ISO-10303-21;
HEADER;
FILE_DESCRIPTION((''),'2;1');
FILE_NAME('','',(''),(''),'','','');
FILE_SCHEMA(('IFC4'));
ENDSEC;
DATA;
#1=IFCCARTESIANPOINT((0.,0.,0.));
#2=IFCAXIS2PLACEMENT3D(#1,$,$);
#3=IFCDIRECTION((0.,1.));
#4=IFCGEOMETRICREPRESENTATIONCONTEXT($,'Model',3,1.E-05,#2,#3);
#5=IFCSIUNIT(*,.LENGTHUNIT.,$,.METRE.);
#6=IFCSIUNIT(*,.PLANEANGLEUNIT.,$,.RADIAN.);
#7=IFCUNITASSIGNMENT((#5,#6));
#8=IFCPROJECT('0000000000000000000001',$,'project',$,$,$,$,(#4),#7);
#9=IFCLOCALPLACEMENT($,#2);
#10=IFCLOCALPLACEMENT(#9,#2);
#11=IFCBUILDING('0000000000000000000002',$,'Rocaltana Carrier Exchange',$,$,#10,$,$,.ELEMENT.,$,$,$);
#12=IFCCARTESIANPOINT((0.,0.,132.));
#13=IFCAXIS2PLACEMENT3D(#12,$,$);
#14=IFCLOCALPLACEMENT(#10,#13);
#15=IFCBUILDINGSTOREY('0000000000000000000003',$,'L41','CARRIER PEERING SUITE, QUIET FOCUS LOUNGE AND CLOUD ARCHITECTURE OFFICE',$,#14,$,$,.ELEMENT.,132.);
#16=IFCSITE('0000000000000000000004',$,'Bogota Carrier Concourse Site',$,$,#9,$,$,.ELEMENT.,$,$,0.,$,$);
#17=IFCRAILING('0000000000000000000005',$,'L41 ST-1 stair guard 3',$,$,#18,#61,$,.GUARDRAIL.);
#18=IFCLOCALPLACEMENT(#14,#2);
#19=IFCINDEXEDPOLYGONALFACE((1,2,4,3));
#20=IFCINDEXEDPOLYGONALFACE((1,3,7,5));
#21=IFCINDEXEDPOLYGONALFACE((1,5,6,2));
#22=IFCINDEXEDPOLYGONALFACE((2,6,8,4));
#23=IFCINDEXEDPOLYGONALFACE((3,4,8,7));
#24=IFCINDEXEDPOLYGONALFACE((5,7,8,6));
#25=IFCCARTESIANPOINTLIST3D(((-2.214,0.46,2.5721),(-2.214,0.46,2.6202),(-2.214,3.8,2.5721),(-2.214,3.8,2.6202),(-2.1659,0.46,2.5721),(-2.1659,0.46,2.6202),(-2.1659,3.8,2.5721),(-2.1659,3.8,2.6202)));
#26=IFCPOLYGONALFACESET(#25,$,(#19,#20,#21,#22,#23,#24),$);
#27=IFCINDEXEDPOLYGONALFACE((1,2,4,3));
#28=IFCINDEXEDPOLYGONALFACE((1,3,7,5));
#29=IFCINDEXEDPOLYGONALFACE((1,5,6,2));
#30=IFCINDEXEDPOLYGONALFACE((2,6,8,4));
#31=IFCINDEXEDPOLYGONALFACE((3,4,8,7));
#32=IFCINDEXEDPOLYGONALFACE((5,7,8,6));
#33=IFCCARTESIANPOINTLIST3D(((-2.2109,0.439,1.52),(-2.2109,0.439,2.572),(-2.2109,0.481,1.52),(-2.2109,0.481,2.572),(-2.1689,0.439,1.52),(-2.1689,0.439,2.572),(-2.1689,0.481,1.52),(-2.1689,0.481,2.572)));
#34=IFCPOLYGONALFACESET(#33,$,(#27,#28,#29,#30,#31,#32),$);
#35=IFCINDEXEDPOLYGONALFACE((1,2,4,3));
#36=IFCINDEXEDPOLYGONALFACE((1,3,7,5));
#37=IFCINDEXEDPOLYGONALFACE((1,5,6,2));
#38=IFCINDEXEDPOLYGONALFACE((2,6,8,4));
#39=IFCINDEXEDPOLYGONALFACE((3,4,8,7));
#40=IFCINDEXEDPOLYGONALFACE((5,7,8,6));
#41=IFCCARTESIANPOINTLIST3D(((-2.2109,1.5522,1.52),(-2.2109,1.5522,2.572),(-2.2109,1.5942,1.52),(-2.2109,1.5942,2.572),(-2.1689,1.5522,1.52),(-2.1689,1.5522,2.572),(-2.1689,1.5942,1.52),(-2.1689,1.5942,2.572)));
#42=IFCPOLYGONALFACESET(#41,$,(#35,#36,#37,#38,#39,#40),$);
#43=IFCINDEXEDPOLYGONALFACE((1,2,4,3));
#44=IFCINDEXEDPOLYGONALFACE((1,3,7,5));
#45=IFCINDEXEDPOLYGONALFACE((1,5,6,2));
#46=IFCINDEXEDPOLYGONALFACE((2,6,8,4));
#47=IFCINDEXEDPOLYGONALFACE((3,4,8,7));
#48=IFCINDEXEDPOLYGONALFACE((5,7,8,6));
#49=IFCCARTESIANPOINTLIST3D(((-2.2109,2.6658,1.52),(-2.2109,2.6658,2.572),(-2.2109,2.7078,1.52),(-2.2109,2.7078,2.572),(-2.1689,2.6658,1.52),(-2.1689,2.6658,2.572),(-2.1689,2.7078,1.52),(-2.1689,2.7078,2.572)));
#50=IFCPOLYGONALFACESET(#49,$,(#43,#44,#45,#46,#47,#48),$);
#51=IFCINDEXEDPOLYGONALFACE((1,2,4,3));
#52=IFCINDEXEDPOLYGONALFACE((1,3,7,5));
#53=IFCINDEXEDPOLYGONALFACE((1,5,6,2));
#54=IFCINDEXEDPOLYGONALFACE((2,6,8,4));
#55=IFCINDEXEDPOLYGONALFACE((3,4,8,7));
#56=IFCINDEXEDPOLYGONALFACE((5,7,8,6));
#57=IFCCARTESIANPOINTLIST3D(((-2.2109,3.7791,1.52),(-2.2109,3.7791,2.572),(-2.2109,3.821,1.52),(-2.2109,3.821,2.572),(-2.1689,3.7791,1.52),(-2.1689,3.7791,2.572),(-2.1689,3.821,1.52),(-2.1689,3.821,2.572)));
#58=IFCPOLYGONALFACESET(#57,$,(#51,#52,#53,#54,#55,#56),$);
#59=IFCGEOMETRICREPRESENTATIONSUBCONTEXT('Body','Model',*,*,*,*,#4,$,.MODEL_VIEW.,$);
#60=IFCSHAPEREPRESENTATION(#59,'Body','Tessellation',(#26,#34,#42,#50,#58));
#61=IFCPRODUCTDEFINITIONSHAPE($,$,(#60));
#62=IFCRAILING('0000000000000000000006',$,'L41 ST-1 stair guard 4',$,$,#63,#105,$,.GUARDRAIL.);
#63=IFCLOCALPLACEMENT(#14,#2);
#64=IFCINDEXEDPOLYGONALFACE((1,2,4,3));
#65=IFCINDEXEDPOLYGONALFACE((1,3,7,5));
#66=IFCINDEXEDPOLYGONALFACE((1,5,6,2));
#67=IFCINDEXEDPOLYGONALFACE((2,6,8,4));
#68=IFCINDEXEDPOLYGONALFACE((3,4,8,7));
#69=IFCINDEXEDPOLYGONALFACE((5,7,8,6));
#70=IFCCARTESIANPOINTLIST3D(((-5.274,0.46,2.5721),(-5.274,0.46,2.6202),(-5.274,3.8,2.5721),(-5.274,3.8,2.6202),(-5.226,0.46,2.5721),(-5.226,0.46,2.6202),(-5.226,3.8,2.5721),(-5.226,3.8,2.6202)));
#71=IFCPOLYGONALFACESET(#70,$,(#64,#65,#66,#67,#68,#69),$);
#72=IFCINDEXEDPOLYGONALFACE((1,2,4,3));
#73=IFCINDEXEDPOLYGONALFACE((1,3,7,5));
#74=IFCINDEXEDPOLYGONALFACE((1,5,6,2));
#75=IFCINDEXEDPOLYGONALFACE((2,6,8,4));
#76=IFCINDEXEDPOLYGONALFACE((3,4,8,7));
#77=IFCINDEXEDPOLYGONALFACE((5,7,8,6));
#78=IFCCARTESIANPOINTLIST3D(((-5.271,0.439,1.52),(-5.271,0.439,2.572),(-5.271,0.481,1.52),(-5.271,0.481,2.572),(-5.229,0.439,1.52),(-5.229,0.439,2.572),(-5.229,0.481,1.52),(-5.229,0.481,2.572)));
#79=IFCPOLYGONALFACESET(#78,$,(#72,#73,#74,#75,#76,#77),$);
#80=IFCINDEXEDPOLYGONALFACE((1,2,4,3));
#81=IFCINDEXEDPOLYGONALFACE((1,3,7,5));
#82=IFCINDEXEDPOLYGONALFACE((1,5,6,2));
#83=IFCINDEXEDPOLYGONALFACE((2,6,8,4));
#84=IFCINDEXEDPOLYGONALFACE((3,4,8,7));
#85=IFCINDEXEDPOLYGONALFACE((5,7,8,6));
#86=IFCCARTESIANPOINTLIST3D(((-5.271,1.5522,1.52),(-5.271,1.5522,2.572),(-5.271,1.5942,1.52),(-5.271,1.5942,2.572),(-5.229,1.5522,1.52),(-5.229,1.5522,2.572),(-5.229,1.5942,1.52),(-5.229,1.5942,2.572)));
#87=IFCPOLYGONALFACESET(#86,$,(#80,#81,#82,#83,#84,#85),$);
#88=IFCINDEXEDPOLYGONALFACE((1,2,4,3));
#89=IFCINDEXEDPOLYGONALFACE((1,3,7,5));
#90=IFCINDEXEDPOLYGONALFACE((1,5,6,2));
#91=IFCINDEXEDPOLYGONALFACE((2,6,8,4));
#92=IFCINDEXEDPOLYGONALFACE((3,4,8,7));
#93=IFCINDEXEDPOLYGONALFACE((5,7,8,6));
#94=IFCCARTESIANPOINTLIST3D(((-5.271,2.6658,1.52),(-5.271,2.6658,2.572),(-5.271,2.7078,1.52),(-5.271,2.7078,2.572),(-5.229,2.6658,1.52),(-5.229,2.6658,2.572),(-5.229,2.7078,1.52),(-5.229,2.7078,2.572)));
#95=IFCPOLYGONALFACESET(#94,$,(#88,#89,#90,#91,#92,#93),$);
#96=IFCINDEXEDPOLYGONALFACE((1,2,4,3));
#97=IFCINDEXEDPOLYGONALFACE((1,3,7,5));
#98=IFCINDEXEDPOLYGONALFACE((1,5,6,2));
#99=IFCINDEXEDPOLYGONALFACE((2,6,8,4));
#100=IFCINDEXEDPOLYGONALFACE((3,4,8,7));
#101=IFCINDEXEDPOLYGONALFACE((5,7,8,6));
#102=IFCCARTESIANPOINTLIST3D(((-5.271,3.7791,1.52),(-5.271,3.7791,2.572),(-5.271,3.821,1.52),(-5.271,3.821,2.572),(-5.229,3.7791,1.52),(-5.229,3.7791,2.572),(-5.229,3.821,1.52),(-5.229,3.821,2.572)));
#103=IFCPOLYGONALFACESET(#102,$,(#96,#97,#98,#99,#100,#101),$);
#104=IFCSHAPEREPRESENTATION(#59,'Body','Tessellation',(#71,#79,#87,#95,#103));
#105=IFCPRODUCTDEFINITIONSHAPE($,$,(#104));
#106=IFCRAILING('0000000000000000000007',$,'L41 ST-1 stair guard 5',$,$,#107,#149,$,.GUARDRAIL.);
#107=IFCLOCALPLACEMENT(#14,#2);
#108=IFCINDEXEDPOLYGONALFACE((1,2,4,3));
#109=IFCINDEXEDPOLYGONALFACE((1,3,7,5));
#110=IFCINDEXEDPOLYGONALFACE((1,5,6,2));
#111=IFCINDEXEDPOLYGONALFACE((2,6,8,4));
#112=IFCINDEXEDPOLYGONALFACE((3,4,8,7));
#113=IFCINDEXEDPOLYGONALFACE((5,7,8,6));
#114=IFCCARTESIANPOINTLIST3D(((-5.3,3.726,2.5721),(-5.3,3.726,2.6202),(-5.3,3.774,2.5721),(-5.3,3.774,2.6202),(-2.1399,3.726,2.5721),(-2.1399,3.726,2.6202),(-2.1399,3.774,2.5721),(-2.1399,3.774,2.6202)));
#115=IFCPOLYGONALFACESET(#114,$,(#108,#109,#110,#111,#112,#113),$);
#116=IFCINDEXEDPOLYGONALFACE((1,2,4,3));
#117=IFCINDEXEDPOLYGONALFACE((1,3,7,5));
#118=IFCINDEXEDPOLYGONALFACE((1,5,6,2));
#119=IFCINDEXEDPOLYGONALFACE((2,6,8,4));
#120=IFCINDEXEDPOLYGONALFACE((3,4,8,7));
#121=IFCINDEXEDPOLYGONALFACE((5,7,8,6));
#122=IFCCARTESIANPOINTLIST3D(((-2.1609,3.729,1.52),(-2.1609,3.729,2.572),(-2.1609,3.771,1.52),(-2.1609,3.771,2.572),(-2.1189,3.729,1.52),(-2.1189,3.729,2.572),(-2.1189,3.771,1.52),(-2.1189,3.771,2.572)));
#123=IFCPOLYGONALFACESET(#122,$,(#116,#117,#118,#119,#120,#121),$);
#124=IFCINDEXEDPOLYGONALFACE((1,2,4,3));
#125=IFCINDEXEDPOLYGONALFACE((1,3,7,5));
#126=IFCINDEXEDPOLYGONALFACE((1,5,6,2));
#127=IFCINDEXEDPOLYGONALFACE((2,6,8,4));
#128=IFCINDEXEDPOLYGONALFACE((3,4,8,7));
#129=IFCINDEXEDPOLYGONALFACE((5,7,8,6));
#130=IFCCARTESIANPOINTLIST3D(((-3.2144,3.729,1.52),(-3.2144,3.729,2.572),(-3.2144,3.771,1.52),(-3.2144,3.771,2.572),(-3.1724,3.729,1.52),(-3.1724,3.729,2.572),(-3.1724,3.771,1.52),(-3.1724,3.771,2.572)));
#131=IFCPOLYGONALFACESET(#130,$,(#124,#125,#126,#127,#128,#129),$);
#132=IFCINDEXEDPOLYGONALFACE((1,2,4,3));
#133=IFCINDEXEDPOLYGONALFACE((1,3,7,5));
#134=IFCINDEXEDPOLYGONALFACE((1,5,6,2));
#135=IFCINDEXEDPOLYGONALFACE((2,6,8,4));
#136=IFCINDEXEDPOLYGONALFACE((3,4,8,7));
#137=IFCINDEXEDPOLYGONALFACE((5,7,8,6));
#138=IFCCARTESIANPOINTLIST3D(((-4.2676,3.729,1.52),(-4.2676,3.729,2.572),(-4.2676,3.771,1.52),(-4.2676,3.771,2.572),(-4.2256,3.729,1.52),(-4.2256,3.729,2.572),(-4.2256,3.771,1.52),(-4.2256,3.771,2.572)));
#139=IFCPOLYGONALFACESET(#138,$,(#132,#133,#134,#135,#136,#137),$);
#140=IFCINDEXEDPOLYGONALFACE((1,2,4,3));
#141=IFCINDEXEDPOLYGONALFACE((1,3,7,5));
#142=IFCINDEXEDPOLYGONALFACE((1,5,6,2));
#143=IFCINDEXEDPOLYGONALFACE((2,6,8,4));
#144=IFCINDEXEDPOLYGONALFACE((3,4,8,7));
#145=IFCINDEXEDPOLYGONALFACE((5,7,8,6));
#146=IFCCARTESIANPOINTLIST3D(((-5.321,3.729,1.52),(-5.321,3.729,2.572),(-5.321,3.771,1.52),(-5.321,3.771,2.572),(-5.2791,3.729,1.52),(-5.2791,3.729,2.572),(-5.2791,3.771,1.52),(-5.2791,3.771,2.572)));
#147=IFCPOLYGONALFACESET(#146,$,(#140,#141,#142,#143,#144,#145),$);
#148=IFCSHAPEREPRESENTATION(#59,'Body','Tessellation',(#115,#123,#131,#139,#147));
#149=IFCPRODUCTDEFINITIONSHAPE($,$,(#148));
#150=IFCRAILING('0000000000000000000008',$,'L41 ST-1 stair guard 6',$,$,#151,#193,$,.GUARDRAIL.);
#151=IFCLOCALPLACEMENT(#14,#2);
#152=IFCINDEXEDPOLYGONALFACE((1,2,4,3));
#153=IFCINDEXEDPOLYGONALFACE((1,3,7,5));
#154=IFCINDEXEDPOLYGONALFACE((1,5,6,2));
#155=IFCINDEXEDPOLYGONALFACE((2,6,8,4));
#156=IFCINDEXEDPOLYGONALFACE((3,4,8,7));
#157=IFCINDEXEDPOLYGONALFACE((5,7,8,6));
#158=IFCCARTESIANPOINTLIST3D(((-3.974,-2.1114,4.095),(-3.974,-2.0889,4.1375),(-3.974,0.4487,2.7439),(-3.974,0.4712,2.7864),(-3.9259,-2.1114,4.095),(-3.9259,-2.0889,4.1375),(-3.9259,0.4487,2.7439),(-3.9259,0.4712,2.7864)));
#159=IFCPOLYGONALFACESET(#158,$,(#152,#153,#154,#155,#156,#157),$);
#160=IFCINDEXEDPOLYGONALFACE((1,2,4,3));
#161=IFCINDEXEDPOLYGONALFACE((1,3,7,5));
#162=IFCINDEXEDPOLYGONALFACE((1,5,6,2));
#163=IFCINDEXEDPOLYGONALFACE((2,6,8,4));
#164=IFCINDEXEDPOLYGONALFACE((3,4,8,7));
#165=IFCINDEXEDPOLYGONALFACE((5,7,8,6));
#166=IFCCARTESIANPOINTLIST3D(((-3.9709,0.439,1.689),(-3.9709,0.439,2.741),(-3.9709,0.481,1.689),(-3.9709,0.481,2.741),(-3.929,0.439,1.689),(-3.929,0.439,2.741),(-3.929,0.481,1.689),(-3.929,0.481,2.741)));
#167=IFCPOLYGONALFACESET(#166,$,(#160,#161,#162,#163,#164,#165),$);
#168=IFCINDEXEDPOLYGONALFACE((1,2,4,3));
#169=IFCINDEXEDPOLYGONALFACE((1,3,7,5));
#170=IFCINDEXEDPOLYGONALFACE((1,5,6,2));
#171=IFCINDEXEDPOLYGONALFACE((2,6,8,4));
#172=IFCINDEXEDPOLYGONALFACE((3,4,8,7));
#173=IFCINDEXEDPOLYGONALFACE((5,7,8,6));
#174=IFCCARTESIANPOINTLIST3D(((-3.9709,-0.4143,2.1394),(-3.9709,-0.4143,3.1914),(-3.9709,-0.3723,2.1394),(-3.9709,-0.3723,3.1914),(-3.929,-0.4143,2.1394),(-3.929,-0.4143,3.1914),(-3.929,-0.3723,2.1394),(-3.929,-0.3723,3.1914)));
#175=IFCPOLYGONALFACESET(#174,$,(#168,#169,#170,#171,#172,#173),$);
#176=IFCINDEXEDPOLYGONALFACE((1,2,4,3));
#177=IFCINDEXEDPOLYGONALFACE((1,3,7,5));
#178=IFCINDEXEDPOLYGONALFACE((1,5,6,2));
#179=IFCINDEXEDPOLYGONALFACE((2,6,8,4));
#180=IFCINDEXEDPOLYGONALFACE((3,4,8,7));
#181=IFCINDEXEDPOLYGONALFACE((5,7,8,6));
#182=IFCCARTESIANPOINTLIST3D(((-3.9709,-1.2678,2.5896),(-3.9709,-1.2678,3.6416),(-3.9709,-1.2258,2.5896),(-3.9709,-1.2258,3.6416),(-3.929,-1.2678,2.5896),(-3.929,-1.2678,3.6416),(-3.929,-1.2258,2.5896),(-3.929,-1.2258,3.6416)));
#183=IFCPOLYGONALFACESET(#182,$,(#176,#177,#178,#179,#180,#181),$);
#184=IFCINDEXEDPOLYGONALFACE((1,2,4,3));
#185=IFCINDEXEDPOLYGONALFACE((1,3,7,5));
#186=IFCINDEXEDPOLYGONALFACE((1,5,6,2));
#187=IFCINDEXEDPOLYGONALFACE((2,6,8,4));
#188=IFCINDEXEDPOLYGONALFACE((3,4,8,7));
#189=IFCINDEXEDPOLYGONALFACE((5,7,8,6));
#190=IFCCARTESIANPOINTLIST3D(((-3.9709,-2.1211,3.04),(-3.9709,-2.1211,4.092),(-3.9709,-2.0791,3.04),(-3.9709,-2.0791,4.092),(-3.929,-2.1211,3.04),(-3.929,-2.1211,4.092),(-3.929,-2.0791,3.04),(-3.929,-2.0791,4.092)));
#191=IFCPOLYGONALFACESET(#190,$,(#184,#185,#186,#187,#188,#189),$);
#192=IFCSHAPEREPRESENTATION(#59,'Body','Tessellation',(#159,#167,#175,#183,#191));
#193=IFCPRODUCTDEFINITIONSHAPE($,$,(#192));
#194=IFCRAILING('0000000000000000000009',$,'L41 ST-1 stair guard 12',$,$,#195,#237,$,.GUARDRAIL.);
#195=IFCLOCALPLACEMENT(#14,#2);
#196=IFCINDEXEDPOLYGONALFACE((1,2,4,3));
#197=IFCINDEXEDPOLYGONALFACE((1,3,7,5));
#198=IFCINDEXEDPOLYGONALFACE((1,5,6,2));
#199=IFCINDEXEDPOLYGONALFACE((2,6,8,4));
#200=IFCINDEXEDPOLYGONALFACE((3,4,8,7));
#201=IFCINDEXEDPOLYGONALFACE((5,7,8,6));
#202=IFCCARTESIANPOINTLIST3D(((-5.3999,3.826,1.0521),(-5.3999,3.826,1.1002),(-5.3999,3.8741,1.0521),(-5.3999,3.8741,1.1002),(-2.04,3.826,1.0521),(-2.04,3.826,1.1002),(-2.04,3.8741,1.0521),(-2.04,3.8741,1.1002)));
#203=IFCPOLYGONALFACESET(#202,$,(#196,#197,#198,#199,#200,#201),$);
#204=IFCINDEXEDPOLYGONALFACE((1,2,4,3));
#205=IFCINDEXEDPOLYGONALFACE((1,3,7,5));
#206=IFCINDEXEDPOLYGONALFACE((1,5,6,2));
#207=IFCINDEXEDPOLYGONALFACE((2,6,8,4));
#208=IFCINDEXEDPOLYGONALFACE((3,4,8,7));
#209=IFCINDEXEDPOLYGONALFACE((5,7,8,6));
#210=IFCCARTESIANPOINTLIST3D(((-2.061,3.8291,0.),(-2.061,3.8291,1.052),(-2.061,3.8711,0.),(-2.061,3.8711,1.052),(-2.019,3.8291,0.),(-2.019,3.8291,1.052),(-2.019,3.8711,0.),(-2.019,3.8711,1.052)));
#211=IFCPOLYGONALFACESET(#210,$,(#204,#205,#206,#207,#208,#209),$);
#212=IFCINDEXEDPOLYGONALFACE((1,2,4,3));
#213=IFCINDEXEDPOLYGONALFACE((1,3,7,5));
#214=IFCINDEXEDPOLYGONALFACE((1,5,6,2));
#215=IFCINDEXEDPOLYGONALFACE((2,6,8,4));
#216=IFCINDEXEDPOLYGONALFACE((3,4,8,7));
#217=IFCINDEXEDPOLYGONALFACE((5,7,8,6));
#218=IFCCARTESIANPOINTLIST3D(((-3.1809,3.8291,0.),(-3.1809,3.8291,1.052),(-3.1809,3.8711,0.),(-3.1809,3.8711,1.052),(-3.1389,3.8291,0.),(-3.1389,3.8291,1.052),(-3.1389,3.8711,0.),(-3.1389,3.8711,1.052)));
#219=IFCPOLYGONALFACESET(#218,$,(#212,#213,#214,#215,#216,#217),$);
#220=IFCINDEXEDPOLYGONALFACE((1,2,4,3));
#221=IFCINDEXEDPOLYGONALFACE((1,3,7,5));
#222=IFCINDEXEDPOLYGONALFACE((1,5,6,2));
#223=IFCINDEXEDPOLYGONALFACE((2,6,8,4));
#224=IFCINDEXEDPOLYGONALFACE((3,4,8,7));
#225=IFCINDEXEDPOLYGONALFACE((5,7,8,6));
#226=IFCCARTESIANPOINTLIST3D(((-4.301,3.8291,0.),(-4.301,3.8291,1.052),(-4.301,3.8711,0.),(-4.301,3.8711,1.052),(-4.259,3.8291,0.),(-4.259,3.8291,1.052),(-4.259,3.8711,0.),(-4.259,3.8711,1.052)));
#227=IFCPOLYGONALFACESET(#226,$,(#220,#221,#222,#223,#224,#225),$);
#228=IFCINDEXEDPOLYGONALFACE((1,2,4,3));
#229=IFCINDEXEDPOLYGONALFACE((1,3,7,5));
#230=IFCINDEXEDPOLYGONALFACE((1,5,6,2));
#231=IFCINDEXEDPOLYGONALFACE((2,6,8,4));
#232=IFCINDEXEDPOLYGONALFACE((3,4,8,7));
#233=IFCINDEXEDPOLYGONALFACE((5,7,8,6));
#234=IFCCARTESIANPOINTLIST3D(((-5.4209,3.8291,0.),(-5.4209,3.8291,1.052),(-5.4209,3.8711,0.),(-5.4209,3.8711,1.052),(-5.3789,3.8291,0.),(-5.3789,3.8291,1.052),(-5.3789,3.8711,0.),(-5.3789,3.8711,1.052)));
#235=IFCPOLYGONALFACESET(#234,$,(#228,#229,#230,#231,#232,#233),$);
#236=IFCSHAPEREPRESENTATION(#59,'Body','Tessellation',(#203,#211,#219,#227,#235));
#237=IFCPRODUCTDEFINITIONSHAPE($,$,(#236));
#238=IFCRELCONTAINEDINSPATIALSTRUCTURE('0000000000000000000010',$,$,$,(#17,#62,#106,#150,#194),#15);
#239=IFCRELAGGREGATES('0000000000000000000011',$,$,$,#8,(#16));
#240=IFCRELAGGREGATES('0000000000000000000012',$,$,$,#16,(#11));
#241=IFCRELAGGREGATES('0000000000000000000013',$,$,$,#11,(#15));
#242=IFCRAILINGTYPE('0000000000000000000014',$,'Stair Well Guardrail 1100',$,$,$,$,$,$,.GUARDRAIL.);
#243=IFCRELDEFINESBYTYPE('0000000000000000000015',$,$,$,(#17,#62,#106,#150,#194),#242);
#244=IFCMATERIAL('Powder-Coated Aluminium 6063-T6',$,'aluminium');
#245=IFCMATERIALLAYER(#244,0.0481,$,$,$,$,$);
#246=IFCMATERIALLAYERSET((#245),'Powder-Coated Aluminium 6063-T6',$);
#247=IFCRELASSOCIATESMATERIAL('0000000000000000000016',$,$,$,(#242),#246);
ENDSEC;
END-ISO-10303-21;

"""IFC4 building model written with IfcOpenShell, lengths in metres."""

from ifc_helpers import new_model, si_unit, direction, frame, origin, origin_2d, place, context, subcontext, project, spatial, rectangle, extrude, material, layer, layer_set, type_object, element, save


model = new_model("IFC4")

# Units and contexts
model_context = context("Model", 3, precision=1e-05, world=origin(), true_north=direction((0.0, 1.0)))
body_context = subcontext(model_context, "Body", "Model", "MODEL_VIEW")
ifc_project = project(units=[si_unit("LENGTHUNIT", "METRE"), si_unit("PLANEANGLEUNIT", "RADIAN")], contexts=[model_context])

# Site, building, storey
site_placement = place(None, origin())
site = spatial("IfcSite", under=ifc_project, at=site_placement, Name="Bogota Carrier Concourse Site", CompositionType="ELEMENT", RefElevation=0.0)
building_placement = place(site_placement, origin())
building = spatial("IfcBuilding", under=site, at=building_placement, Name="Rocaltana Carrier Exchange", CompositionType="ELEMENT")
storey_placement = place(building_placement, frame((0.0, 0.0, 132.0)))
storey = spatial("IfcBuildingStorey", under=building, at=storey_placement, Name="L41", Description="CARRIER PEERING SUITE, QUIET FOCUS LOUNGE AND CLOUD ARCHITECTURE OFFICE", CompositionType="ELEMENT", Elevation=132.0)

# Railings
ifc_material_1 = material(Name="Powder-Coated Aluminium 6063-T6", Category="aluminium")
ifc_layer_1 = layer(ifc_material_1, 0.0481)
ifc_layer_set_1 = layer_set([ifc_layer_1], Name="Powder-Coated Aluminium 6063-T6")
railing_type_1 = type_object("IfcRailingType", Name="Stair Well Guardrail 1100", PredefinedType="GUARDRAIL", material=ifc_layer_set_1)
for number, where, name in (
    (1, (-2.1899, 0.46, 1.52), "L41 ST-1 stair guard 3"),
    (2, (-5.25, 0.46, 1.52), "L41 ST-1 stair guard 4"),
):
    element("IfcRailing", number, at=place(storey_placement, frame(where)), inside=storey, type_object=railing_type_1, Name=name, PredefinedType="GUARDRAIL", context=body_context, shape_type="SweptSolid", body=[
        extrude(rectangle(XDim=0.0481, YDim=0.0481, at=origin_2d()), frame((0.0, 0.0, 1.0762), z_axis=(0.0, 1.0, 0.0), x_axis=(-1.0, 0.0, 0.0)), (0.0, 0.0, 1.0), 3.3401),
        extrude(rectangle(XDim=0.042, YDim=0.042, at=origin_2d()), origin(), (0.0, 0.0, 1.0), 1.052),
        extrude(rectangle(XDim=0.042, YDim=0.042, at=origin_2d()), frame((0.0, 1.1133, 0.0)), (0.0, 0.0, 1.0), 1.052),
        extrude(rectangle(XDim=0.042, YDim=0.042, at=origin_2d()), frame((0.0, 2.2268, 0.0)), (0.0, 0.0, 1.0), 1.052),
        extrude(rectangle(XDim=0.042, YDim=0.042, at=origin_2d()), frame((0.0, 3.3401, 0.0)), (0.0, 0.0, 1.0), 1.052),
    ])
railing_1_placement = place(storey_placement, frame((-2.1399, 3.75, 1.52)))
element("IfcRailing", 3, at=railing_1_placement, inside=storey, type_object=railing_type_1, Name="L41 ST-1 stair guard 5", PredefinedType="GUARDRAIL", context=body_context, shape_type="SweptSolid", body=[
    extrude(rectangle(XDim=0.0481, YDim=0.0481, at=origin_2d()), frame((0.0, 0.0, 1.0762), z_axis=(-1.0, 0.0, 0.0), x_axis=(0.0, -1.0, 0.0)), (0.0, 0.0, 1.0), 3.1602),
    extrude(rectangle(XDim=0.042, YDim=0.042, at=origin_2d()), origin(), (0.0, 0.0, 1.0), 1.052),
    extrude(rectangle(XDim=0.042, YDim=0.042, at=origin_2d()), frame((-1.0535, 0.0, 0.0)), (0.0, 0.0, 1.0), 1.052),
    extrude(rectangle(XDim=0.042, YDim=0.042, at=origin_2d()), frame((-2.1067, 0.0, 0.0)), (0.0, 0.0, 1.0), 1.052),
    extrude(rectangle(XDim=0.042, YDim=0.042, at=origin_2d()), frame((-3.1602, 0.0, 0.0)), (0.0, 0.0, 1.0), 1.052),
])
railing_2_placement = place(storey_placement, frame((-3.95, 0.46, 1.689)))
element("IfcRailing", 4, at=railing_2_placement, inside=storey, type_object=railing_type_1, Name="L41 ST-1 stair guard 6", PredefinedType="GUARDRAIL", context=body_context, shape_type="SweptSolid", body=[
    extrude(rectangle(XDim=0.0481, YDim=0.0481, at=origin_2d()), frame((0.0, 0.0, 1.0762), z_axis=(0.0, -0.884394, 0.46674), x_axis=(1.0, 0.0, 0.0)), (0.0, 0.0, 1.0), 2.8948),
    extrude(rectangle(XDim=0.042, YDim=0.042, at=origin_2d()), origin(), (0.0, 0.0, 1.0), 1.052),
    extrude(rectangle(XDim=0.042, YDim=0.042, at=origin_2d()), frame((0.0, -0.8533, 0.4504)), (0.0, 0.0, 1.0), 1.052),
    extrude(rectangle(XDim=0.042, YDim=0.042, at=origin_2d()), frame((0.0, -1.7068, 0.9006)), (0.0, 0.0, 1.0), 1.052),
    extrude(rectangle(XDim=0.042, YDim=0.042, at=origin_2d()), frame((0.0, -2.5601, 1.3511)), (0.0, 0.0, 1.0), 1.052),
])
railing_3_placement = place(storey_placement, frame((-2.04, 3.8501, 0.0)))
element("IfcRailing", 5, at=railing_3_placement, inside=storey, type_object=railing_type_1, Name="L41 ST-1 stair guard 12", PredefinedType="GUARDRAIL", context=body_context, shape_type="SweptSolid", body=[
    extrude(rectangle(XDim=0.0481, YDim=0.0481, at=origin_2d()), frame((0.0, 0.0, 1.0762), z_axis=(-1.0, 0.0, 0.0), x_axis=(0.0, -1.0, 0.0)), (0.0, 0.0, 1.0), 3.3599),
    extrude(rectangle(XDim=0.042, YDim=0.042, at=origin_2d()), origin(), (0.0, 0.0, 1.0), 1.052),
    extrude(rectangle(XDim=0.042, YDim=0.042, at=origin_2d()), frame((-1.1199, 0.0, 0.0)), (0.0, 0.0, 1.0), 1.052),
    extrude(rectangle(XDim=0.042, YDim=0.042, at=origin_2d()), frame((-2.24, 0.0, 0.0)), (0.0, 0.0, 1.0), 1.052),
    extrude(rectangle(XDim=0.042, YDim=0.042, at=origin_2d()), frame((-3.3599, 0.0, 0.0)), (0.0, 0.0, 1.0), 1.052),
])

save(model, "model.ifc")
